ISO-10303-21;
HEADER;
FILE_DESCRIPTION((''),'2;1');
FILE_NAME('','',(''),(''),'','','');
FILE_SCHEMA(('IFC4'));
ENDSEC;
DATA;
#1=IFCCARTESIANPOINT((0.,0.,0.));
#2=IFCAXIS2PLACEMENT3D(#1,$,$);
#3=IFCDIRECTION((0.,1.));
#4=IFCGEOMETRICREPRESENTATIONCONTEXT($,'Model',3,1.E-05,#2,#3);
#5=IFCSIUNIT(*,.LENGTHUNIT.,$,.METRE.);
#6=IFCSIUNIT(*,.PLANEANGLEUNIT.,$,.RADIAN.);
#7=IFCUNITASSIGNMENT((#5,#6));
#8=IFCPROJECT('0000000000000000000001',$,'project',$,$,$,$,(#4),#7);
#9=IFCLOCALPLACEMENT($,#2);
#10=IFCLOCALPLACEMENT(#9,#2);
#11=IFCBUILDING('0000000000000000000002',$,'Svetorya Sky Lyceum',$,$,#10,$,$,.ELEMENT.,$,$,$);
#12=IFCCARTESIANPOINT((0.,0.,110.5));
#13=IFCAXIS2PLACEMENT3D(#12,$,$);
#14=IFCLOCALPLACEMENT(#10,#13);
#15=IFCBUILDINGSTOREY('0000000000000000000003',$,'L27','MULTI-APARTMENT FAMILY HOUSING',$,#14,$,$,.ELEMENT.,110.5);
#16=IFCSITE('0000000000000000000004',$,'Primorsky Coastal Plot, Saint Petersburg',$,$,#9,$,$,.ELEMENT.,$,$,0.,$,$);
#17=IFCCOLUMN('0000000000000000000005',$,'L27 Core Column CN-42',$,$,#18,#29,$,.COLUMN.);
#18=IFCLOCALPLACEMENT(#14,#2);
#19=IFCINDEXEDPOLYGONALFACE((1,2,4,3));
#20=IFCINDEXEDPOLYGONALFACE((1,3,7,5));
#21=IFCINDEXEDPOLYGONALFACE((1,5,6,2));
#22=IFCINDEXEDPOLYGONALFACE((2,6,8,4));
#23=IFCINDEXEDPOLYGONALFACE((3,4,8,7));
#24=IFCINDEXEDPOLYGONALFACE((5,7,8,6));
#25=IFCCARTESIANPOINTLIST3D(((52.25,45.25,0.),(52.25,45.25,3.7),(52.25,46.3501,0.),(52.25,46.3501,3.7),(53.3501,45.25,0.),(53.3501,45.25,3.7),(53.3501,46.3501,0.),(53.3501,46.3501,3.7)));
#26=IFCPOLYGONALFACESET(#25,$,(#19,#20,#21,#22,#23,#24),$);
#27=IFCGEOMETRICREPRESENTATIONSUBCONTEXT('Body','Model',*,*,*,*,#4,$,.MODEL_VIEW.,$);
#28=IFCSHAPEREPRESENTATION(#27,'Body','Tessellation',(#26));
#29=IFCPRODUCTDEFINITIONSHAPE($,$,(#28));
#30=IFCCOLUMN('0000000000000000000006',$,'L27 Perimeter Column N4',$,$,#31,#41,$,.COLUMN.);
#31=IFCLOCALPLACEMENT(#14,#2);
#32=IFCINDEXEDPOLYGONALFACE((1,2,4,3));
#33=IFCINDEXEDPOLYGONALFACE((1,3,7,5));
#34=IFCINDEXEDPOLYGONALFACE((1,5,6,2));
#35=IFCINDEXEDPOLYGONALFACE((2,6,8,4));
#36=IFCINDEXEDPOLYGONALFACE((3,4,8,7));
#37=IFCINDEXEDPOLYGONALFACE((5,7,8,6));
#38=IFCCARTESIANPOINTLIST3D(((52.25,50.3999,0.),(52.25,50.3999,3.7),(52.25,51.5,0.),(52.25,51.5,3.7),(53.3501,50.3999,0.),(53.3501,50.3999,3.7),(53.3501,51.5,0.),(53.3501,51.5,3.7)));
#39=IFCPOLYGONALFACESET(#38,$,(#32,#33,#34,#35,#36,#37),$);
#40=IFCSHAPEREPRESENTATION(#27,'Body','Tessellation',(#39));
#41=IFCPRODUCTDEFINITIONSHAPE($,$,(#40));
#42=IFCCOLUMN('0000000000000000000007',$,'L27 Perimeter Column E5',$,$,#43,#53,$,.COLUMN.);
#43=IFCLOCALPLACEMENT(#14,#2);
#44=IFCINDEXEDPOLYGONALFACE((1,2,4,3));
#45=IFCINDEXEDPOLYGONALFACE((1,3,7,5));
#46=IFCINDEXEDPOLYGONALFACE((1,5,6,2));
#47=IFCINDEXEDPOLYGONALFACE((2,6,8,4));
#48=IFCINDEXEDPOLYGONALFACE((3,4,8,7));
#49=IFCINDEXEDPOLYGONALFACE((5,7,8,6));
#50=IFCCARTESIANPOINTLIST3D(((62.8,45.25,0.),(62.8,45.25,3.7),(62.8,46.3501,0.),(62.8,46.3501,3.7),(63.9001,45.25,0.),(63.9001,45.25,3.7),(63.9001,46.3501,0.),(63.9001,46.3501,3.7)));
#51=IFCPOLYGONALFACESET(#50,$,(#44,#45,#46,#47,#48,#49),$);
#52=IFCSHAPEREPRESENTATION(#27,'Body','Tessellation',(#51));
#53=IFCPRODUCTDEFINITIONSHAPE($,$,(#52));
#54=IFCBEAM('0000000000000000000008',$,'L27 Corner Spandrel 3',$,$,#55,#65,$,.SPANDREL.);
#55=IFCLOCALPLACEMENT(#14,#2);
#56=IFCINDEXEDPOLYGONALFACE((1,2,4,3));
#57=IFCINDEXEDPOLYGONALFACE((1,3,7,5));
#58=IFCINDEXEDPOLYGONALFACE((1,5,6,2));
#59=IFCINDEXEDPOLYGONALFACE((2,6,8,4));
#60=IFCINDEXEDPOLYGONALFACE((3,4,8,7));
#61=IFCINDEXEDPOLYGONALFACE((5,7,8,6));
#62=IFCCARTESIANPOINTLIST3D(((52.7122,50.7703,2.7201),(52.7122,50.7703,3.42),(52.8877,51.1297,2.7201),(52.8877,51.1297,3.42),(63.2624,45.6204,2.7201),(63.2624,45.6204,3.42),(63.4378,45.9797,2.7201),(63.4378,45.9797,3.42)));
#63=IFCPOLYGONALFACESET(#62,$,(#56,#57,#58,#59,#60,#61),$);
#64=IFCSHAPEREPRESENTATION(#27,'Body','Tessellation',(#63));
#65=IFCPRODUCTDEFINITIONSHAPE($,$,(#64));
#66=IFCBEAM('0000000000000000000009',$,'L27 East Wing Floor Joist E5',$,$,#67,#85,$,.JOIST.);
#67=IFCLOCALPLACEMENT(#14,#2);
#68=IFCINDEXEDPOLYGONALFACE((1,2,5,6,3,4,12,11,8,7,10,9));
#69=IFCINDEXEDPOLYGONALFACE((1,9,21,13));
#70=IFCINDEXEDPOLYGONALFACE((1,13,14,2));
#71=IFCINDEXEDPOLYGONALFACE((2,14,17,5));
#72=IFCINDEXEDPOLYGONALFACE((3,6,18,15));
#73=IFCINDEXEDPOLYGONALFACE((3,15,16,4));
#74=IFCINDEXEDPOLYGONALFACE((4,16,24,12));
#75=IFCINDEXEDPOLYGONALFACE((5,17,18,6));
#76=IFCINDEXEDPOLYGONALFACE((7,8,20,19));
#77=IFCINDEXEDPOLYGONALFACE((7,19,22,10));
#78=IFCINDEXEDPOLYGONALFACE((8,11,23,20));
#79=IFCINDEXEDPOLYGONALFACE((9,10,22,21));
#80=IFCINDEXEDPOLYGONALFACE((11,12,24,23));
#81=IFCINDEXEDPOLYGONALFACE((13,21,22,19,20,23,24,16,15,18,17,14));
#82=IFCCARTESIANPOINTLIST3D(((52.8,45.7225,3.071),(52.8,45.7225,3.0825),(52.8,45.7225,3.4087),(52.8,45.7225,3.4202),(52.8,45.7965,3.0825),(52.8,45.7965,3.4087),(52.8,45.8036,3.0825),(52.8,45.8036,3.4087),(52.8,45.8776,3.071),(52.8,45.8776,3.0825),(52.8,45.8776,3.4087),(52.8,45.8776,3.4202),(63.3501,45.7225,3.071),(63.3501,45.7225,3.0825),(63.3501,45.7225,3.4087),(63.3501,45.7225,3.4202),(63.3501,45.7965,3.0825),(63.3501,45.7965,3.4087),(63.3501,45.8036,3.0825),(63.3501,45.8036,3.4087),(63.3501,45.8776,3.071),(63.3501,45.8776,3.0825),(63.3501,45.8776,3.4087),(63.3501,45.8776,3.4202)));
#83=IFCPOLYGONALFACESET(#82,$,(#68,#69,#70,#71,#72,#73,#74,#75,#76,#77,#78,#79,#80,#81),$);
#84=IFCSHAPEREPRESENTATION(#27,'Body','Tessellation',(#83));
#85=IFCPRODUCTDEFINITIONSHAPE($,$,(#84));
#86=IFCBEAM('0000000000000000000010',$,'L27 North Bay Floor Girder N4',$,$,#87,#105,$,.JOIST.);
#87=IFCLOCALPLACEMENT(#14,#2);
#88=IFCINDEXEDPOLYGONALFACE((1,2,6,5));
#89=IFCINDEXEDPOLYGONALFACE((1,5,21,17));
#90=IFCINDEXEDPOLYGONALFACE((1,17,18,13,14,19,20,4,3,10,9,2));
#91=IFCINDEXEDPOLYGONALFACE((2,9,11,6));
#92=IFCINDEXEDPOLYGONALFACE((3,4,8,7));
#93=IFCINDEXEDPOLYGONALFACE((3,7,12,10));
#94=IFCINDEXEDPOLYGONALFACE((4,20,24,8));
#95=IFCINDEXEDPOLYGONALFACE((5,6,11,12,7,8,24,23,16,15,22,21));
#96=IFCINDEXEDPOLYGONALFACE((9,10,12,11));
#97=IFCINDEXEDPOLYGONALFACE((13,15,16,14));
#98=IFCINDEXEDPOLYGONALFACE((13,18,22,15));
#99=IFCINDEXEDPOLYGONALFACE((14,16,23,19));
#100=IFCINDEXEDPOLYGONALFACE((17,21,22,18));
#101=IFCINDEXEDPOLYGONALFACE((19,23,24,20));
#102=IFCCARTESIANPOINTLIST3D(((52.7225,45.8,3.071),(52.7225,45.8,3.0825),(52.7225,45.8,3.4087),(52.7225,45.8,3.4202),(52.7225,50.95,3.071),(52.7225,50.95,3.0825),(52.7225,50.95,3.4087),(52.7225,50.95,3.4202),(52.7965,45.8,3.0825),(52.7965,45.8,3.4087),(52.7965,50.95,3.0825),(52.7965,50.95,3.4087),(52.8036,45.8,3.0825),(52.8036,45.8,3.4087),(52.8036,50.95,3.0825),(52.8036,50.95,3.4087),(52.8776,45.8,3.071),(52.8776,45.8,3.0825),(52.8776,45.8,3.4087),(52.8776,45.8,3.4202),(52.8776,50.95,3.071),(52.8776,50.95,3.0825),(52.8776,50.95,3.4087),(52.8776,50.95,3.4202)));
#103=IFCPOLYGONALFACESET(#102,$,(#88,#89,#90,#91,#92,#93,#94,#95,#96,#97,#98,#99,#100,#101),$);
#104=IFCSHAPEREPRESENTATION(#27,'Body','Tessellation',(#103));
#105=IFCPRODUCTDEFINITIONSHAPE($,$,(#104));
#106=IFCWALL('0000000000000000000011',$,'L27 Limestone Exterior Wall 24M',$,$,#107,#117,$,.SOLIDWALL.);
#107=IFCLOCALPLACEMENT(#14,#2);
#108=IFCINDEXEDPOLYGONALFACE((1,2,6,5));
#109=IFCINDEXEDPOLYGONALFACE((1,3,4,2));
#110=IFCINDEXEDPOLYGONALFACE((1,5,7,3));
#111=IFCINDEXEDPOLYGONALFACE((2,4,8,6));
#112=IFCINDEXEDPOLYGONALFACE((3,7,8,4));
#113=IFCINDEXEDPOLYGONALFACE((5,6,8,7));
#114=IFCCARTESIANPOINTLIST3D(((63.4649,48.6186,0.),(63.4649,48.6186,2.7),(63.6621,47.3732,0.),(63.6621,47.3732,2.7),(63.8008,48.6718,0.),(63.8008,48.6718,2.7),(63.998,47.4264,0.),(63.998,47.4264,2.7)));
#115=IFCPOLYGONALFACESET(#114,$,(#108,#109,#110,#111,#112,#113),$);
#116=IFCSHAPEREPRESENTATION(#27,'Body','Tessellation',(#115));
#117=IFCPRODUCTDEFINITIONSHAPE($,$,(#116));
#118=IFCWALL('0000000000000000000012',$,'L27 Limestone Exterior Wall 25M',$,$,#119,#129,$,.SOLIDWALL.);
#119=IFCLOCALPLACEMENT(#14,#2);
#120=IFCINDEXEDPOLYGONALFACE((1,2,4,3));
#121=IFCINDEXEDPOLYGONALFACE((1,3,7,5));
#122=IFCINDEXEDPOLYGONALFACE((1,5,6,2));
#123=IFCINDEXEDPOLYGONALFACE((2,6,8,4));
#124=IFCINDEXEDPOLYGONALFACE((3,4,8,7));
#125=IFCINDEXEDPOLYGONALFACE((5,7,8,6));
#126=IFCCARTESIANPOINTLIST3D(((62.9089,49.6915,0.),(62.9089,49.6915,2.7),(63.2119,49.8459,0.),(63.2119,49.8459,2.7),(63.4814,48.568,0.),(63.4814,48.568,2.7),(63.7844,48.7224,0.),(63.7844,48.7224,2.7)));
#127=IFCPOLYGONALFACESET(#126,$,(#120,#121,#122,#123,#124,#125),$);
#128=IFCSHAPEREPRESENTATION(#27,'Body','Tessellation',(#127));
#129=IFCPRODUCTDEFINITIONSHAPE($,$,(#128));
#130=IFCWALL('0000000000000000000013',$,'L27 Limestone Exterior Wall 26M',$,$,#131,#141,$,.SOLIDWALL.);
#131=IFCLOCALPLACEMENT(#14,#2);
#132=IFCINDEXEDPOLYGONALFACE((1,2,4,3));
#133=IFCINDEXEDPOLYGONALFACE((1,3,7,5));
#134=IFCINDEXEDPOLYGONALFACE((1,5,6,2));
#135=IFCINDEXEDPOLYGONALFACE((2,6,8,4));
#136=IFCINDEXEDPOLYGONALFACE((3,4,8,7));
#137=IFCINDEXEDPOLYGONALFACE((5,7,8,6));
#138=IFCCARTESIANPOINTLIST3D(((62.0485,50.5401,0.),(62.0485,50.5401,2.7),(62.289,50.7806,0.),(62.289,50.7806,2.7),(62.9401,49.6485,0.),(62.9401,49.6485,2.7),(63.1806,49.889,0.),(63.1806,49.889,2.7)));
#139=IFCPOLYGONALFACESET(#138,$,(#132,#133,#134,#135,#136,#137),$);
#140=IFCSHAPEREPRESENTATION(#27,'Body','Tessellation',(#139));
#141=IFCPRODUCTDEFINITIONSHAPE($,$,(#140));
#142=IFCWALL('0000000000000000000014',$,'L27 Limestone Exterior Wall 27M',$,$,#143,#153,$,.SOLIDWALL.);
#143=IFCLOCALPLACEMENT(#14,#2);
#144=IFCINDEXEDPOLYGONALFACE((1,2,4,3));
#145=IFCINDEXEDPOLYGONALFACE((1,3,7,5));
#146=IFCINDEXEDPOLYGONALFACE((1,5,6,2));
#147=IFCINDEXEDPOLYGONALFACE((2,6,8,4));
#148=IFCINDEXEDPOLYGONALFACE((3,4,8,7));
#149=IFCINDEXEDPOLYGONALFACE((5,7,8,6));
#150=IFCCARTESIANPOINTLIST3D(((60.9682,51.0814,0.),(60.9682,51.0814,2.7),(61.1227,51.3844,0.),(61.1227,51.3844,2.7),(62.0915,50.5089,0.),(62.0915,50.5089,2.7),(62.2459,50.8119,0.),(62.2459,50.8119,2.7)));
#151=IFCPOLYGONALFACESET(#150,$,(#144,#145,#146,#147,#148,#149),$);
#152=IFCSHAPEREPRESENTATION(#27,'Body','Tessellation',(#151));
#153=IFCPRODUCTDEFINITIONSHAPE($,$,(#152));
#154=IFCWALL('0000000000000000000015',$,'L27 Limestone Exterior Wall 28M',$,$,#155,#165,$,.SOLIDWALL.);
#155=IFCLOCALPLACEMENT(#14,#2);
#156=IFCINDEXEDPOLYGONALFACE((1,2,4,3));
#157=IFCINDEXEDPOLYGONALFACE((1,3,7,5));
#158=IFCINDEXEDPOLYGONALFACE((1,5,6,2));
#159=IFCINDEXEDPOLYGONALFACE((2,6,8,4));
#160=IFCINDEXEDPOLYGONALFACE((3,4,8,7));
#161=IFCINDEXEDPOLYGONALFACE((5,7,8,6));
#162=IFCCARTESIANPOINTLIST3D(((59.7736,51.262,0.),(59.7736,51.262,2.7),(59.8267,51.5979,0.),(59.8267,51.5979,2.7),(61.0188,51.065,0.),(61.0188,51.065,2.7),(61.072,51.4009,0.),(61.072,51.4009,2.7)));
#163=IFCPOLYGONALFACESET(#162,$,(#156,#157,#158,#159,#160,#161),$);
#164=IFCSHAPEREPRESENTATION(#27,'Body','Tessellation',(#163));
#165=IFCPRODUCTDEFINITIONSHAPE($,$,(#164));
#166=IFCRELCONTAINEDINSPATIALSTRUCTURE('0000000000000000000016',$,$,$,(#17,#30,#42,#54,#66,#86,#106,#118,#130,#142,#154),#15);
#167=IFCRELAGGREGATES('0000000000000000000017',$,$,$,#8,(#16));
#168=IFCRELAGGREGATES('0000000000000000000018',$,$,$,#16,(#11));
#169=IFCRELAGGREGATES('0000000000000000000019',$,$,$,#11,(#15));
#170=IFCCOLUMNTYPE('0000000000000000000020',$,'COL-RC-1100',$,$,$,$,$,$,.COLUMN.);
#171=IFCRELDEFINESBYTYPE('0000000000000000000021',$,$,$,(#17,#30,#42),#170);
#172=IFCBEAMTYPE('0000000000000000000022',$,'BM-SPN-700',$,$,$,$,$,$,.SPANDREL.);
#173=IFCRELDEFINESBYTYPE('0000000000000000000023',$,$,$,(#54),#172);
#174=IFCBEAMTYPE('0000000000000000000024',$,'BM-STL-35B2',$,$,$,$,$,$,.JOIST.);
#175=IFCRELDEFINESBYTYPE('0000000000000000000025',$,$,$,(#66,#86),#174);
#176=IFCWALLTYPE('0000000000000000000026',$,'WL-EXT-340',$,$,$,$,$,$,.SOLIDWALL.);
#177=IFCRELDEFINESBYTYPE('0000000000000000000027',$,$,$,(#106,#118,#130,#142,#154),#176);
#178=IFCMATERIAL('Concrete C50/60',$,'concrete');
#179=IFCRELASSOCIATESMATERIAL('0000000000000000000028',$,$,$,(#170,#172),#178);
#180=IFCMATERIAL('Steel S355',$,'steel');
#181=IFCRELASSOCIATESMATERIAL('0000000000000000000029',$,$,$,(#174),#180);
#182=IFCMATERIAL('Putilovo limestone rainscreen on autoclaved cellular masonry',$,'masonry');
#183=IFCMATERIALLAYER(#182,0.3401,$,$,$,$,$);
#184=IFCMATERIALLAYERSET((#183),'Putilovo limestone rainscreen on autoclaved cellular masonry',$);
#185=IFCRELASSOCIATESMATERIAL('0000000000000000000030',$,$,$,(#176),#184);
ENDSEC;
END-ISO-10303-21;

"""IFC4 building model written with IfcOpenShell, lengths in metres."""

from ifc_helpers import new_model, si_unit, direction, frame, frame_2d, origin, origin_2d, place, context, subcontext, project, spatial, rectangle, i_section, extrude, material, layer, layer_set, material_profile, profile_set, type_object, element, save


model = new_model("IFC4")

# Units and contexts
model_context = context("Model", 3, precision=1e-05, world=origin(), true_north=direction((0.0, 1.0)))
body_context = subcontext(model_context, "Body", "Model", "MODEL_VIEW")
ifc_project = project(units=[si_unit("LENGTHUNIT", "METRE"), si_unit("PLANEANGLEUNIT", "RADIAN")], contexts=[model_context])

# Site, building, storey
site_placement = place(None, origin())
site = spatial("IfcSite", under=ifc_project, at=site_placement, Name="Primorsky Coastal Plot, Saint Petersburg", CompositionType="ELEMENT", RefElevation=0.0)
building_placement = place(site_placement, origin())
building = spatial("IfcBuilding", under=site, at=building_placement, Name="Svetorya Sky Lyceum", CompositionType="ELEMENT")
storey_placement = place(building_placement, frame((0.0, 0.0, 110.5)))
storey = spatial("IfcBuildingStorey", under=building, at=storey_placement, Name="L27", Description="MULTI-APARTMENT FAMILY HOUSING", CompositionType="ELEMENT", Elevation=110.5)

# Columns
ifc_material_1 = material(Name="Concrete C50/60", Category="concrete")
ifc_material_profile_1 = material_profile(ifc_material_1, rectangle(XDim=1.1001, YDim=1.1001, at=origin_2d()), Name="RC COL 1100x1100")
ifc_profile_set_1 = profile_set([ifc_material_profile_1], Name="Concrete C50/60")
column_type = type_object("IfcColumnType", Name="COL-RC-1100", PredefinedType="COLUMN", material=ifc_profile_set_1)
for number, where, z_axis, x_axis, name in (
    (1, (52.8, 45.8, 0.0), (0.0, 0.0, 1.0), (1.0, 0.0, 0.0), "L27 Core Column CN-42"),
    (2, (52.8, 50.95, 0.0), (0.0, 0.0, 1.0), (1.0, 0.0, 0.0), "L27 Perimeter Column N4"),
    (3, (63.3501, 45.8, 0.0), (0.0, 0.0, 1.0), (1.0, 0.0, 0.0), "L27 Perimeter Column E5"),
):
    element("IfcColumn", number, at=place(storey_placement, frame(where, z_axis=z_axis, x_axis=x_axis)), inside=storey, type_object=column_type, Name=name, PredefinedType="COLUMN", context=body_context, shape_type="SweptSolid", body=[
        extrude(rectangle(XDim=1.1001, YDim=1.1001, at=origin_2d()), origin(), (0.0, 0.0, 1.0), 3.7),
    ])

# Beams
ifc_material_profile_2 = material_profile(ifc_material_1, rectangle(XDim=0.3999, YDim=0.7, at=origin_2d()), Name="RC SPANDREL 400x700")
ifc_profile_set_2 = profile_set([ifc_material_profile_2], Name="Concrete C50/60")
beam_type_1 = type_object("IfcBeamType", Name="BM-SPN-700", PredefinedType="SPANDREL", material=ifc_profile_set_2)
beam_1_placement = place(storey_placement, frame((63.3501, 45.8, 3.0701), z_axis=(-0.89865, 0.438667, 0.0), x_axis=(-0.438667, -0.89865, 0.0)))
element("IfcBeam", 4, at=beam_1_placement, inside=storey, type_object=beam_type_1, Name="L27 Corner Spandrel 3", PredefinedType="SPANDREL", context=body_context, shape_type="SweptSolid", body=[
    extrude(rectangle(XDim=0.3999, YDim=0.7, at=origin_2d()), origin(), (0.0, 0.0, 1.0), 11.74),
])
ifc_material_2 = material(Name="Steel S355", Category="steel")
ifc_material_profile_3 = material_profile(ifc_material_2, i_section(OverallWidth=0.155, OverallDepth=0.3491, WebThickness=0.0071, FlangeThickness=0.0115, at=origin_2d()), Name="GOST 35B2")
ifc_profile_set_3 = profile_set([ifc_material_profile_3], Name="Steel S355")
beam_type_2 = type_object("IfcBeamType", Name="BM-STL-35B2", PredefinedType="JOIST", material=ifc_profile_set_3)
beam_2_placement = place(storey_placement, frame((52.8, 45.8, 3.2456), z_axis=(1.0, 0.0, 0.0), x_axis=(0.0, 1.0, 0.0)))
element("IfcBeam", 5, at=beam_2_placement, inside=storey, type_object=beam_type_2, Name="L27 East Wing Floor Joist E5", PredefinedType="JOIST", context=body_context, shape_type="SweptSolid", body=[
    extrude(i_section(OverallWidth=0.155, OverallDepth=0.3491, WebThickness=0.0071, FlangeThickness=0.0115, at=origin_2d()), origin(), (0.0, 0.0, 1.0), 10.55),
])
beam_3_placement = place(storey_placement, frame((52.8, 45.8, 3.2456), z_axis=(0.0, 1.0, 0.0), x_axis=(-1.0, 0.0, 0.0)))
element("IfcBeam", 6, at=beam_3_placement, inside=storey, type_object=beam_type_2, Name="L27 North Bay Floor Girder N4", PredefinedType="JOIST", context=body_context, shape_type="SweptSolid", body=[
    extrude(i_section(OverallWidth=0.155, OverallDepth=0.3491, WebThickness=0.0071, FlangeThickness=0.0115, at=origin_2d()), origin(), (0.0, 0.0, 1.0), 5.1499),
])

# Walls
ifc_material_3 = material(Name="Putilovo limestone rainscreen on autoclaved cellular masonry", Category="masonry")
ifc_layer_1 = layer(ifc_material_3, 0.3401)
ifc_layer_set_1 = layer_set([ifc_layer_1], Name="Putilovo limestone rainscreen on autoclaved cellular masonry")
wall_type_1 = type_object("IfcWallType", Name="WL-EXT-340", PredefinedType="SOLIDWALL", material=ifc_layer_set_1)
for number, where, z_axis, x_axis, name in (
    (7, (63.8301, 47.3999, 0.0), (0.0, 0.0, 1.0), (-0.15645, 0.987686, 0.0), "L27 Limestone Exterior Wall 24M"),
    (8, (63.6328, 48.6453, 0.0), (0.0, 0.0, 1.0), (-0.454016, 0.890994, 0.0), "L27 Limestone Exterior Wall 25M"),
    (9, (63.0603, 49.7688, 0.0), (0.0, 0.0, 1.0), (-0.707107, 0.707107, 0.0), "L27 Limestone Exterior Wall 26M"),
):
    element("IfcWall", number, at=place(storey_placement, frame(where, z_axis=z_axis, x_axis=x_axis)), inside=storey, type_object=wall_type_1, Name=name, PredefinedType="SOLIDWALL", context=body_context, shape_type="SweptSolid", body=[
        extrude(rectangle(XDim=1.261, YDim=0.3401, at=frame_2d((0.6304, 0.0))), origin(), (0.0, 0.0, 1.0), 2.7),
    ])
for number, where, z_axis, x_axis, name in (
    (10, (62.1687, 50.6604, 0.0), (0.0, 0.0, 1.0), (-0.890954, 0.454094, 0.0), "L27 Limestone Exterior Wall 27M"),
    (11, (61.0454, 51.2329, 0.0), (0.0, 0.0, 1.0), (-0.987716, 0.156261, 0.0), "L27 Limestone Exterior Wall 28M"),
):
    element("IfcWall", number, at=place(storey_placement, frame(where, z_axis=z_axis, x_axis=x_axis)), inside=storey, type_object=wall_type_1, Name=name, PredefinedType="SOLIDWALL", context=body_context, shape_type="SweptSolid", body=[
        extrude(rectangle(XDim=1.2607, YDim=0.3401, at=frame_2d((0.6304, 0.0))), origin(), (0.0, 0.0, 1.0), 2.7),
    ])

save(model, "model.ifc")
